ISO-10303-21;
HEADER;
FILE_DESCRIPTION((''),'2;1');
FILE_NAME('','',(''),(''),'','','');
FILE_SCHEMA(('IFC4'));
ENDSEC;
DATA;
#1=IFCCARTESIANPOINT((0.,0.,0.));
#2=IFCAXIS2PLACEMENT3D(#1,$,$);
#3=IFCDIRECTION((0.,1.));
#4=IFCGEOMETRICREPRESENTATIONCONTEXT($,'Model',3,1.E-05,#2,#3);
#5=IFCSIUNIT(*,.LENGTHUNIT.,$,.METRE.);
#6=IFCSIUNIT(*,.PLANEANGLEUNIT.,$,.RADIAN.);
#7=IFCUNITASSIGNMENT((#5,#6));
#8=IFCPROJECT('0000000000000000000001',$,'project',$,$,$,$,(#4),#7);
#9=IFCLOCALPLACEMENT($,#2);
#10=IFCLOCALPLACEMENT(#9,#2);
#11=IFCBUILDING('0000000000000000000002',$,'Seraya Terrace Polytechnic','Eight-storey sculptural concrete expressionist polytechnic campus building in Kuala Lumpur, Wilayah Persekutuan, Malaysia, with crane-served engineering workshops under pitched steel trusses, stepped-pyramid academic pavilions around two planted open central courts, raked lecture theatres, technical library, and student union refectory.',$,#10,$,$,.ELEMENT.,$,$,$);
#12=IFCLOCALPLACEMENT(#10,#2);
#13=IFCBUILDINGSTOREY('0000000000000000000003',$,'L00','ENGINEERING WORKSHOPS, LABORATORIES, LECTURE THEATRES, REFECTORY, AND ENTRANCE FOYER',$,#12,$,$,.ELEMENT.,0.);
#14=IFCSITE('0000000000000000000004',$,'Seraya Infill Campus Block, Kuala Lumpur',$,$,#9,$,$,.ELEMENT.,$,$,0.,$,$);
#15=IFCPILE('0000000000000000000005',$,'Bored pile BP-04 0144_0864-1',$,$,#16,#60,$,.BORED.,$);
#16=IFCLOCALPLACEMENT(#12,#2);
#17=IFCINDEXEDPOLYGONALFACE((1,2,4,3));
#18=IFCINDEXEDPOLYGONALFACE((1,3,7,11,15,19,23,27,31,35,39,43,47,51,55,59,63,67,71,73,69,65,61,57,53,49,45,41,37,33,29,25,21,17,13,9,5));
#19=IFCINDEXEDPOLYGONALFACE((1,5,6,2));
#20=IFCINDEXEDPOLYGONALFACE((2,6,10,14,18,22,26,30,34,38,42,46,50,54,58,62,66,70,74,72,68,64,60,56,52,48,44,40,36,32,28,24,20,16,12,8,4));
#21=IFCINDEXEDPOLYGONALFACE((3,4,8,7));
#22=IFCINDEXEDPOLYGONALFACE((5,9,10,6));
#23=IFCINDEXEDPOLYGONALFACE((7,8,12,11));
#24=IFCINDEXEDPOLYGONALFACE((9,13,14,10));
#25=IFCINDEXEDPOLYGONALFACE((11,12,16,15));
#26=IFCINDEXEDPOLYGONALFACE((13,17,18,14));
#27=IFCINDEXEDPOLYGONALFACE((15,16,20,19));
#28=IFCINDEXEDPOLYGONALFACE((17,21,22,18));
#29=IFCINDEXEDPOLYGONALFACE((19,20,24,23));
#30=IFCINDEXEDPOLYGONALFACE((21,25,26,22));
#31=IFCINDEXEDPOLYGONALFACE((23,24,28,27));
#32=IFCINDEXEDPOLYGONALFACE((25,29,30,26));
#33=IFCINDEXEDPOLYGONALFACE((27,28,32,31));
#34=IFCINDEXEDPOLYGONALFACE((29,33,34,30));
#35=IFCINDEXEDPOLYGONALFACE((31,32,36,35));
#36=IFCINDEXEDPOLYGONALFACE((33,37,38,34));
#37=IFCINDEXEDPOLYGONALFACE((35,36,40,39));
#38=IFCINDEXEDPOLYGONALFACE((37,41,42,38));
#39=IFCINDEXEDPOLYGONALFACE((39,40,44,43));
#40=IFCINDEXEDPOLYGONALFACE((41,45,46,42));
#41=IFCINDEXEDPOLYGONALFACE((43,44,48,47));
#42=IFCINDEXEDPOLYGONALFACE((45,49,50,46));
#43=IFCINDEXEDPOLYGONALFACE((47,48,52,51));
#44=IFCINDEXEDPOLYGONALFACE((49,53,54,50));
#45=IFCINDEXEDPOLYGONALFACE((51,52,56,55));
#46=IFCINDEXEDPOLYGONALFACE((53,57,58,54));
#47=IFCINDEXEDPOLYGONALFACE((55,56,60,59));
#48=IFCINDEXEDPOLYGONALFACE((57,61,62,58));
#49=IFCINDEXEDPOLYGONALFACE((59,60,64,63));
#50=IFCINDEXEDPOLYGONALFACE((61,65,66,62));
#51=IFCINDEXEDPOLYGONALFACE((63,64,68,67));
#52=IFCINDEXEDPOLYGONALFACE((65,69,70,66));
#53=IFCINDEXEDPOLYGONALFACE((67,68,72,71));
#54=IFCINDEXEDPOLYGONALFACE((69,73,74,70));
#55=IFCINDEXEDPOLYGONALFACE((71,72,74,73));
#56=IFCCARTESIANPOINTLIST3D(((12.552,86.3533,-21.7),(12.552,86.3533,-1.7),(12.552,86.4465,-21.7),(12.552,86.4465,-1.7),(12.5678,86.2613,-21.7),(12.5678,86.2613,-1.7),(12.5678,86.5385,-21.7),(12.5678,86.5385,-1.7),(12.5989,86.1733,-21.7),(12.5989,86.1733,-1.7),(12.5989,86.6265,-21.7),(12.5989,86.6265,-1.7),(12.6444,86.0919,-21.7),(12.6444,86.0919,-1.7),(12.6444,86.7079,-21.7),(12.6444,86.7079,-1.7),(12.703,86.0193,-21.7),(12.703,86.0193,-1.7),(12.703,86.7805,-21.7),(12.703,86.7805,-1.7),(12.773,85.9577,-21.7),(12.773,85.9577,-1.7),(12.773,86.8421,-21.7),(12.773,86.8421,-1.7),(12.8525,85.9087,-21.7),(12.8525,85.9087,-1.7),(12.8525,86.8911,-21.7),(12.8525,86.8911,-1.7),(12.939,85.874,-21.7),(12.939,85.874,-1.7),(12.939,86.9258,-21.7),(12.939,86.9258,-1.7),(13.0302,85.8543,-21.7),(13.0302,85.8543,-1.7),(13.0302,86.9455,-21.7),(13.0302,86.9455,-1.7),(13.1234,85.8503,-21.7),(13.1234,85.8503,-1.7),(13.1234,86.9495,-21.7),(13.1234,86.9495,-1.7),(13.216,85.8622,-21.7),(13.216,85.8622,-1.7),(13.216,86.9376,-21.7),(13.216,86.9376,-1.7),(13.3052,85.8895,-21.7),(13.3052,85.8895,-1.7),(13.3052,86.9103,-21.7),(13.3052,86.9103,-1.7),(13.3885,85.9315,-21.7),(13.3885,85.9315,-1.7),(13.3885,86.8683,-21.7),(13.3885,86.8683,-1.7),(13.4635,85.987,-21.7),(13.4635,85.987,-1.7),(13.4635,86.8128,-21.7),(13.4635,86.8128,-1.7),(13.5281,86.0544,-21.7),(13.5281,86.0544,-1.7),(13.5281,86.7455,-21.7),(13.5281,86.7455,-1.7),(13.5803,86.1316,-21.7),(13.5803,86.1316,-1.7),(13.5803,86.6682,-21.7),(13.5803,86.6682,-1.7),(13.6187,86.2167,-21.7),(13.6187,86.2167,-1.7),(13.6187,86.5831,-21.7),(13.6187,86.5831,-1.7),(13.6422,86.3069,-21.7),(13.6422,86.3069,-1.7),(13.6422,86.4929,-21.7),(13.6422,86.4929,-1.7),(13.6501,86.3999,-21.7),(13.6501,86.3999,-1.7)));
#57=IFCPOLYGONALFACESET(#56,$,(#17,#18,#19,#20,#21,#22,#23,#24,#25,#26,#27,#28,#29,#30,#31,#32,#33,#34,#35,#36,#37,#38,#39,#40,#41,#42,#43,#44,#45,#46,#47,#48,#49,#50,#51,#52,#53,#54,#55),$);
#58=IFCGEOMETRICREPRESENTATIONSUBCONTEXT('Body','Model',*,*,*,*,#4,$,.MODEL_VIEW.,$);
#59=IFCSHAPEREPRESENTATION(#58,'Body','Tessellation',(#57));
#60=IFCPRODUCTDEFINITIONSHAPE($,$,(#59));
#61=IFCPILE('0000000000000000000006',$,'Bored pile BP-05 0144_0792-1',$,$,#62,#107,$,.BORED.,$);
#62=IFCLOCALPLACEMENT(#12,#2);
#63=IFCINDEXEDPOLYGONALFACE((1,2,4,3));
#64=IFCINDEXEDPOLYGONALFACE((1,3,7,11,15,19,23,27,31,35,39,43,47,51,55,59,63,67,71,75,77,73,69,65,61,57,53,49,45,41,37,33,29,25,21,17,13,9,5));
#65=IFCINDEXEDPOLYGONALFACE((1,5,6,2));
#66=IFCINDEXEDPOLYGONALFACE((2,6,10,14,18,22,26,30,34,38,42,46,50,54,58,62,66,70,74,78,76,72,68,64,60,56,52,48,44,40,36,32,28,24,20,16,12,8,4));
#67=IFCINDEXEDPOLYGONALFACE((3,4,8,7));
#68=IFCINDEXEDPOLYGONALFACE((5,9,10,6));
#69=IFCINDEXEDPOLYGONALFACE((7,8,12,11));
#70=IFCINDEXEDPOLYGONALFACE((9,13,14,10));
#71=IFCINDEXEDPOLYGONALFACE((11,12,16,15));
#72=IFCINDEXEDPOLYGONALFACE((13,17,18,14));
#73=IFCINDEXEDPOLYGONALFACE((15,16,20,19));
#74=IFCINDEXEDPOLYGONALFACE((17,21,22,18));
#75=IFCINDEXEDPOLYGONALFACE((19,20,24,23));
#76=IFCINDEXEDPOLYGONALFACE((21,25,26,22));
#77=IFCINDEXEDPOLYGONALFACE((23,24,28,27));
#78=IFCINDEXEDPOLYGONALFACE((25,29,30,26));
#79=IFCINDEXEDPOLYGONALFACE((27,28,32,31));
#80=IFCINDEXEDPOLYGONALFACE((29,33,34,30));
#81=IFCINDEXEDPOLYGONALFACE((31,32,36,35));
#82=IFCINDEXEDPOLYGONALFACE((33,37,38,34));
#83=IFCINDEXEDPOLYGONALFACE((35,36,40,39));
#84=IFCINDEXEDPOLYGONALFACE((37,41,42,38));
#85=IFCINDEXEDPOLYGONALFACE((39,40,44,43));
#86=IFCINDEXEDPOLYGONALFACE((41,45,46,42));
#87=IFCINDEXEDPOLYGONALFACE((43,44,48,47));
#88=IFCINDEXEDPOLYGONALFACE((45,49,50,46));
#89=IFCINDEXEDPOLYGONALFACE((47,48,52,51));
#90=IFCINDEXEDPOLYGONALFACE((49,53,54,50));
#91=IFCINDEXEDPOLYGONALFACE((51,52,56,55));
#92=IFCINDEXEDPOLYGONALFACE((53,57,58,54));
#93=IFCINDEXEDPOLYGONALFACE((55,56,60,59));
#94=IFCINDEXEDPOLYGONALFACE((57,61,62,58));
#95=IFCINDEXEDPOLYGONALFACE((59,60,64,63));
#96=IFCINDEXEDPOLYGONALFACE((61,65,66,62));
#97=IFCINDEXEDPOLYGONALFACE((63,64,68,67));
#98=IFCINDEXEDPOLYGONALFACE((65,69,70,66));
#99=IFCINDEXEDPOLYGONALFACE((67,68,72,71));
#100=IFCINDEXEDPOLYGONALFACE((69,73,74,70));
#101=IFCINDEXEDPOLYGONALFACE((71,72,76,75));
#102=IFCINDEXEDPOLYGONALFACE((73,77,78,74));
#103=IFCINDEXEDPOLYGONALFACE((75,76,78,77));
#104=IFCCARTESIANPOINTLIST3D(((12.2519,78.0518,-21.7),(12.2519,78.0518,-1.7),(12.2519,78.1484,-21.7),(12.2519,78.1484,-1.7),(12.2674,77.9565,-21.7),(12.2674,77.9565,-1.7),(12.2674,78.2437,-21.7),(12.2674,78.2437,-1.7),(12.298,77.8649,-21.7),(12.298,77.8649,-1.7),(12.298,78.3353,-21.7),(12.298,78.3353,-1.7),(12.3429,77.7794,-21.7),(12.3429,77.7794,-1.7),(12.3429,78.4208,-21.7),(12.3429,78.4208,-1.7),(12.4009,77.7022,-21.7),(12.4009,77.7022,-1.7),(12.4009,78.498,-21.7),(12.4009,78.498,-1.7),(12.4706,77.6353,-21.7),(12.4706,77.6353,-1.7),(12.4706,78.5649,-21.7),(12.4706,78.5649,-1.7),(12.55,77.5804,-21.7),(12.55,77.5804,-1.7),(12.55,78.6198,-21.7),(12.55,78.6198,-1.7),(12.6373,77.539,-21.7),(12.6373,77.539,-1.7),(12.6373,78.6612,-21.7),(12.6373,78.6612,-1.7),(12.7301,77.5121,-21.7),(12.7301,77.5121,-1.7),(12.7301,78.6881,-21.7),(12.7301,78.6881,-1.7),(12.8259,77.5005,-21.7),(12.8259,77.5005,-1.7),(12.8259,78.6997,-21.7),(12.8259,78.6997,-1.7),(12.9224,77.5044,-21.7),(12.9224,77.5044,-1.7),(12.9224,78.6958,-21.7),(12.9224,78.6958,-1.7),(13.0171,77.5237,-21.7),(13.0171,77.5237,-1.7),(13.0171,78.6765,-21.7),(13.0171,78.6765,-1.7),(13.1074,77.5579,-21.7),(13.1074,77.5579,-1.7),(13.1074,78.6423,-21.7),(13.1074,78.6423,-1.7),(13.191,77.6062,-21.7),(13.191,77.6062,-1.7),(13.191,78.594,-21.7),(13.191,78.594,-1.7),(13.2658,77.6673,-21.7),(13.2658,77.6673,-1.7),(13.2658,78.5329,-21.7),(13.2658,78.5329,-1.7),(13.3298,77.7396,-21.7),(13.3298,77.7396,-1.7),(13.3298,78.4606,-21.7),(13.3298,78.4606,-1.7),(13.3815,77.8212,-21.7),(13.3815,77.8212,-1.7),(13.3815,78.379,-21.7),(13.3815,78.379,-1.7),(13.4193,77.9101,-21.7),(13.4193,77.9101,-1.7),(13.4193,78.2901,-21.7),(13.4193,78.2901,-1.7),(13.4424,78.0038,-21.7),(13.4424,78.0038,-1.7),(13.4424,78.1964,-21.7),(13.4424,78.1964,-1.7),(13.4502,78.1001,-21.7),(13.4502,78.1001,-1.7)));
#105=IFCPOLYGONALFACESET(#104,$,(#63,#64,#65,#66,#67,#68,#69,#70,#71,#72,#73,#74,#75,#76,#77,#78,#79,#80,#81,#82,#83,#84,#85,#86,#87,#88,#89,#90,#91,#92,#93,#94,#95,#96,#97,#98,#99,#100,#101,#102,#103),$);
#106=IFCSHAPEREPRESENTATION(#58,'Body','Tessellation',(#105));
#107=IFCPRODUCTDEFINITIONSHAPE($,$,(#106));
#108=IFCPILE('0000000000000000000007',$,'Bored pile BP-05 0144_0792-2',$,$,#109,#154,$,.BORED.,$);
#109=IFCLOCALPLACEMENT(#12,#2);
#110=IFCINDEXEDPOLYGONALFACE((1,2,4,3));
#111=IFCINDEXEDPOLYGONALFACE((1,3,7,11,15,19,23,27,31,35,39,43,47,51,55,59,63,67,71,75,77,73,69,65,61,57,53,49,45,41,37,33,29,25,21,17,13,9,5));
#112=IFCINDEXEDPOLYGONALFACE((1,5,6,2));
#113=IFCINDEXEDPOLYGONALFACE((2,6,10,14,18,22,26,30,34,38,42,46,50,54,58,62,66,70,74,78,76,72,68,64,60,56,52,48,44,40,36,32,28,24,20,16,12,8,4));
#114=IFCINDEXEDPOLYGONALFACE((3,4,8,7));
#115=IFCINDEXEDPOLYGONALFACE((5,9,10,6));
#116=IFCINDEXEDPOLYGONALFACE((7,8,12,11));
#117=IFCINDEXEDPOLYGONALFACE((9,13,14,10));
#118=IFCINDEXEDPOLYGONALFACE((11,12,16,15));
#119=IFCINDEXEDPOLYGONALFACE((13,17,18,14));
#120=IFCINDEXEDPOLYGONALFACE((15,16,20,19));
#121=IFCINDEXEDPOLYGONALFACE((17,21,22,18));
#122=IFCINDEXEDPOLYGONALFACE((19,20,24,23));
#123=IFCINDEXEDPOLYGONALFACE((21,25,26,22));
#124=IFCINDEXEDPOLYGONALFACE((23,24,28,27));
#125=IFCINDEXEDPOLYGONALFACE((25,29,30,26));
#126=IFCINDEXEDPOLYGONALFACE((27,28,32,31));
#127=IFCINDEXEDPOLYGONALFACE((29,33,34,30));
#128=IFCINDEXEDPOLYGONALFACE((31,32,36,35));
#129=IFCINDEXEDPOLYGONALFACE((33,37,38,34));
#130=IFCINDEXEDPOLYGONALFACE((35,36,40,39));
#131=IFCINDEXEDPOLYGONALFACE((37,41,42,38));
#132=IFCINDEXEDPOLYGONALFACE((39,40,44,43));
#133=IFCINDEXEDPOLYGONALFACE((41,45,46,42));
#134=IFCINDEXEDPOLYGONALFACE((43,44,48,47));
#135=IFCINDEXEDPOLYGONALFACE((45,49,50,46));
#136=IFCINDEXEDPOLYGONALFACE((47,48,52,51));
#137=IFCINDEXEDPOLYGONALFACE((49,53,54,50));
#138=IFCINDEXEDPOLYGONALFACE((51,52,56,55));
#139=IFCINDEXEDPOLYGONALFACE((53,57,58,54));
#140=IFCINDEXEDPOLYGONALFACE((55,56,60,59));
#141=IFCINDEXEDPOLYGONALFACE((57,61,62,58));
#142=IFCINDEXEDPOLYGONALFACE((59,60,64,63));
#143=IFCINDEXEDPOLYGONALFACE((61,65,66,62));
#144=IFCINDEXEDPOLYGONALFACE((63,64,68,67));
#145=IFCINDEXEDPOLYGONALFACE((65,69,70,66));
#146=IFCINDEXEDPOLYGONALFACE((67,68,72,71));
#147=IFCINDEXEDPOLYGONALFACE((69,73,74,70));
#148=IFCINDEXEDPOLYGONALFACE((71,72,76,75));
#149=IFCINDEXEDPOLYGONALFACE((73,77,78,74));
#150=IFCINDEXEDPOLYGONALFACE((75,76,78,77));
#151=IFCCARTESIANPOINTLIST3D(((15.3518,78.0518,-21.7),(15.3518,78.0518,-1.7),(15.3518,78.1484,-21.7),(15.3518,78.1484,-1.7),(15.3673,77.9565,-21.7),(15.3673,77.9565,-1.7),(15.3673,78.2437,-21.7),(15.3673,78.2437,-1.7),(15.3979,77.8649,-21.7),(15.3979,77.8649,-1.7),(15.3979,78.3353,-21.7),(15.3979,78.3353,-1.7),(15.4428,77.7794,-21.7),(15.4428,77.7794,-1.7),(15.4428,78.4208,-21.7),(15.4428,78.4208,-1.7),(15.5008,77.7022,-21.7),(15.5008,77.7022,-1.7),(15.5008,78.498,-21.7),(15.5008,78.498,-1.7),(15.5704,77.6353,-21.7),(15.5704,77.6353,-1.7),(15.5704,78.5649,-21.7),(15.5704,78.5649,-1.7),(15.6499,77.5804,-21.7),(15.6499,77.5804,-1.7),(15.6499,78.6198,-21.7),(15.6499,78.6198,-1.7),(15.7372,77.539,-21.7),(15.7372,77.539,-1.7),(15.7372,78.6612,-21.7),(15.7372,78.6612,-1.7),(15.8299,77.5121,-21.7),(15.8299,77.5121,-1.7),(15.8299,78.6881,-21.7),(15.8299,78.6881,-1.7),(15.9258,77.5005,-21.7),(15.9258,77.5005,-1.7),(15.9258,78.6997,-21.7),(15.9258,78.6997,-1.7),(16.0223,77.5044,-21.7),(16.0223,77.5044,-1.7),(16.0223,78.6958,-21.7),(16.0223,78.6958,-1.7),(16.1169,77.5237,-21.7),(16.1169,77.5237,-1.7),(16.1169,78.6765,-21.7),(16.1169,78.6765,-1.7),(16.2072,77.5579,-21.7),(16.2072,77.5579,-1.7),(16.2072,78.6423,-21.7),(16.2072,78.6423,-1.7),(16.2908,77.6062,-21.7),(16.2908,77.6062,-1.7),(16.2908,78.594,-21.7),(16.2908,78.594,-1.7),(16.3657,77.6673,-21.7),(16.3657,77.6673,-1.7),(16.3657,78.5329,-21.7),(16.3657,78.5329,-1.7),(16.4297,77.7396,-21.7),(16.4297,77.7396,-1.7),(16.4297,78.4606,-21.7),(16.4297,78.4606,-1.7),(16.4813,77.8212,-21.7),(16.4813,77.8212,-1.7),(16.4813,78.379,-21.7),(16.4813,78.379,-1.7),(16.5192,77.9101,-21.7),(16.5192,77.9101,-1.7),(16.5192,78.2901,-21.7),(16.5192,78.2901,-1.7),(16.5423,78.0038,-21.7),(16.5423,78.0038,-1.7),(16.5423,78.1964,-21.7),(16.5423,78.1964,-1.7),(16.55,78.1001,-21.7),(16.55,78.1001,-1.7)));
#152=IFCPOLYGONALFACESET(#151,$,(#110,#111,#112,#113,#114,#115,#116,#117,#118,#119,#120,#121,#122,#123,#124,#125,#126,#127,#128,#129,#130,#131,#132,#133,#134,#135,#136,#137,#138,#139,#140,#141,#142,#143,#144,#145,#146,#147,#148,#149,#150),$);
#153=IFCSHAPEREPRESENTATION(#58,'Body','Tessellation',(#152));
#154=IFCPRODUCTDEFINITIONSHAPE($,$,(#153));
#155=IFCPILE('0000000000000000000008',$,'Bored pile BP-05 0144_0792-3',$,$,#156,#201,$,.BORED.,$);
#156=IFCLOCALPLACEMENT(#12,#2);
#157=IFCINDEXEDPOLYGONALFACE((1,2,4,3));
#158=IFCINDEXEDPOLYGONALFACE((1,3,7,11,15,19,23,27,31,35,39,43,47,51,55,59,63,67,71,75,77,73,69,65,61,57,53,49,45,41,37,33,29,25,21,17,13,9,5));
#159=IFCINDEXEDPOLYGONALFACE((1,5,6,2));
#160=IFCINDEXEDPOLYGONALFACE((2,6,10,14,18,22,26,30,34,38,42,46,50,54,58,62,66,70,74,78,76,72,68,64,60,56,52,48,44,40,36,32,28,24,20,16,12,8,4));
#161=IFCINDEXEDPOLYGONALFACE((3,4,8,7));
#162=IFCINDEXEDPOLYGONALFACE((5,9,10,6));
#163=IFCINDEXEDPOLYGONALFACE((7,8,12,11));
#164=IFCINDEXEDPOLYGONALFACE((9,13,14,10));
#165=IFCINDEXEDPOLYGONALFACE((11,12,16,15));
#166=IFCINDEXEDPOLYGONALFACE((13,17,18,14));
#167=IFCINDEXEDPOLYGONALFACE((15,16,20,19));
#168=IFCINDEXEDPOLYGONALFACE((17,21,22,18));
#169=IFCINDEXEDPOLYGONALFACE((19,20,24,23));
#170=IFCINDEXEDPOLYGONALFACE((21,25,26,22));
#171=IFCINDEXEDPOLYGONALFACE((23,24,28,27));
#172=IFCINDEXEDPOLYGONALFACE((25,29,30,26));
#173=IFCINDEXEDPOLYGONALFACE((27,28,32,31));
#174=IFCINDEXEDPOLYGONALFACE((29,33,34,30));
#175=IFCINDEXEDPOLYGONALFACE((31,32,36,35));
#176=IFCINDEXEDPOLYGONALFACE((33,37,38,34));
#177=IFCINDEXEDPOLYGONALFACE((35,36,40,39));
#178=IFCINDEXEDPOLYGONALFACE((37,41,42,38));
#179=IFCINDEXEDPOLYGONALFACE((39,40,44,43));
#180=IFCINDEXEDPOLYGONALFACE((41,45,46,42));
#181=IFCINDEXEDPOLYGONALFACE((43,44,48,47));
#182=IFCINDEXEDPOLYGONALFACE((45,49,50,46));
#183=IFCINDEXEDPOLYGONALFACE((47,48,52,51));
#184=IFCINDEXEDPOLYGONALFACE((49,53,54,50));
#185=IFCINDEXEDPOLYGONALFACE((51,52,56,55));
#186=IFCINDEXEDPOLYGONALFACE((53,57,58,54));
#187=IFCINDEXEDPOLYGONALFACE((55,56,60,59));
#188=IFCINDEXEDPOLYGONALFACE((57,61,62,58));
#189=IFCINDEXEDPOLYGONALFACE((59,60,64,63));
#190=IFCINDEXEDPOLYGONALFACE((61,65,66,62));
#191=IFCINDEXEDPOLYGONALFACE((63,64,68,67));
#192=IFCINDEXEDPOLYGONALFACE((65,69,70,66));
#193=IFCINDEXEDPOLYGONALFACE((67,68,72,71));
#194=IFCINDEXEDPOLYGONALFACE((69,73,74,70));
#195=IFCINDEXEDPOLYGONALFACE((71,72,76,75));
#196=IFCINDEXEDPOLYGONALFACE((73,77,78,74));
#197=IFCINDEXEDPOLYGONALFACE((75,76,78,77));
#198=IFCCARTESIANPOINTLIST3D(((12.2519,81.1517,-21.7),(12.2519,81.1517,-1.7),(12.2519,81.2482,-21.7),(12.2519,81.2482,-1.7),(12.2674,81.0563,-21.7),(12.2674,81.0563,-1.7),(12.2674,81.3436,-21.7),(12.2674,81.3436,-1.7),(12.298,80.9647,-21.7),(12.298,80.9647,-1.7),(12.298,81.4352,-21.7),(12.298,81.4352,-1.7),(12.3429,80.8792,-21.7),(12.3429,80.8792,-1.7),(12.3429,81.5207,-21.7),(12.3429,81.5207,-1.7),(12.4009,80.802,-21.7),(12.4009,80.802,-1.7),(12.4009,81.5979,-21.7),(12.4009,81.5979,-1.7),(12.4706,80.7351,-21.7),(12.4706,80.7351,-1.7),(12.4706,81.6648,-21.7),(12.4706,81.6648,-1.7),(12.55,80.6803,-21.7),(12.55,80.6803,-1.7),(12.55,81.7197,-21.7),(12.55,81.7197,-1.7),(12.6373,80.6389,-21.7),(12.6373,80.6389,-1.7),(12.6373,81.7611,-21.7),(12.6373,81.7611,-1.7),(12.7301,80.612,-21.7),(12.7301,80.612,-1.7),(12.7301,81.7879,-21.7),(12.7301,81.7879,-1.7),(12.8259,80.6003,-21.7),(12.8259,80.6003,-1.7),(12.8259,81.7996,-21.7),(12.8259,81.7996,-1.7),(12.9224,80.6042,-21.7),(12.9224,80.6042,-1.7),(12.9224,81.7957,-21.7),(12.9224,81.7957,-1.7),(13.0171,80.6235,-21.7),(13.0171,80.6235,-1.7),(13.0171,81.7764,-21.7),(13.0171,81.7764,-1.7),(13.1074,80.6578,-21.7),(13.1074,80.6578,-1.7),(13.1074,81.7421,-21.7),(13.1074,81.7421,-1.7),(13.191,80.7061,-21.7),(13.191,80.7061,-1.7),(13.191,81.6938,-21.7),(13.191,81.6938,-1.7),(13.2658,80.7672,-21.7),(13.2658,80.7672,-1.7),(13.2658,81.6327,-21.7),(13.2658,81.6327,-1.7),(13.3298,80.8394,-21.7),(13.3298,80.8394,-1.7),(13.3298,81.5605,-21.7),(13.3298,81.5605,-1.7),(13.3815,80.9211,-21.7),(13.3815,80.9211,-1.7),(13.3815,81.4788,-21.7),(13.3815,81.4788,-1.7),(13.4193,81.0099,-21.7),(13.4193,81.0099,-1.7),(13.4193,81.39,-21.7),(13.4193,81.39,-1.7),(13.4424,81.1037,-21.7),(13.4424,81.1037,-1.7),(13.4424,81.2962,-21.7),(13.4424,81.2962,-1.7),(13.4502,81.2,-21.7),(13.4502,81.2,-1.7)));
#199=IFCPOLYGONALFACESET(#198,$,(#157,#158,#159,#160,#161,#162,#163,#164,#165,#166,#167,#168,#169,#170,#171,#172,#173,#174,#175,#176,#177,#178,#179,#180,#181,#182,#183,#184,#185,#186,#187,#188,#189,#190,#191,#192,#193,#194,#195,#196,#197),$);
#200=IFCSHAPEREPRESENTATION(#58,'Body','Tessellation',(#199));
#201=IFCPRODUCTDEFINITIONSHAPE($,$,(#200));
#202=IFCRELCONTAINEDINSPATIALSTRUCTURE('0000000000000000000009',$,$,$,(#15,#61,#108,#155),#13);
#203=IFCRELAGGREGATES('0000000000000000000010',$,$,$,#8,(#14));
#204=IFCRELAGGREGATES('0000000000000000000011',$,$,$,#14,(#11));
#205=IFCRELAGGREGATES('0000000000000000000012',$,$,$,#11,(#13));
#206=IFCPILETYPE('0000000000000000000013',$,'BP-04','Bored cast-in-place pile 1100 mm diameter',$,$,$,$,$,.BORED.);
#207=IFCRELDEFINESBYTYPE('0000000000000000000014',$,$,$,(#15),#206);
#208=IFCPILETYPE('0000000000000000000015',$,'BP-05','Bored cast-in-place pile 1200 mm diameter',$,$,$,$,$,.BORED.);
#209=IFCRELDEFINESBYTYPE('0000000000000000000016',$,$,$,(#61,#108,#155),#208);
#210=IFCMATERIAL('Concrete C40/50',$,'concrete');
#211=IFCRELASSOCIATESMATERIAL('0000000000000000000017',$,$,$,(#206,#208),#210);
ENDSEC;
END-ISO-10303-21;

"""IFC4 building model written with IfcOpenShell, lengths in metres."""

from ifc_helpers import new_model, si_unit, direction, frame, origin, origin_2d, place, context, subcontext, project, spatial, circle, extrude, material, material_profile, profile_set, type_object, element, save


model = new_model("IFC4")

# Units and contexts
model_context = context("Model", 3, precision=1e-05, world=origin(), true_north=direction((0.0, 1.0)))
body_context = subcontext(model_context, "Body", "Model", "MODEL_VIEW")
ifc_project = project(units=[si_unit("LENGTHUNIT", "METRE"), si_unit("PLANEANGLEUNIT", "RADIAN")], contexts=[model_context])

# Site, building, storey
site_placement = place(None, origin())
site = spatial("IfcSite", under=ifc_project, at=site_placement, Name="Seraya Infill Campus Block, Kuala Lumpur", CompositionType="ELEMENT", RefElevation=0.0)
building_placement = place(site_placement, origin())
building = spatial("IfcBuilding", under=site, at=building_placement, Name="Seraya Terrace Polytechnic", Description="Eight-storey sculptural concrete expressionist polytechnic campus building in Kuala Lumpur, Wilayah Persekutuan, Malaysia, with crane-served engineering workshops under pitched steel trusses, stepped-pyramid academic pavilions around two planted open central courts, raked lecture theatres, technical library, and student union refectory.", CompositionType="ELEMENT")
storey_placement = place(building_placement, origin())
storey = spatial("IfcBuildingStorey", under=building, at=storey_placement, Name="L00", Description="ENGINEERING WORKSHOPS, LABORATORIES, LECTURE THEATRES, REFECTORY, AND ENTRANCE FOYER", CompositionType="ELEMENT", Elevation=0.0)

# Piles
ifc_material_1 = material(Name="Concrete C40/50", Category="concrete")
ifc_material_profile_1 = material_profile(ifc_material_1, circle(Radius=0.55, at=origin_2d()), Name="DIA 1100")
ifc_profile_set_1 = profile_set([ifc_material_profile_1], Name="Concrete C40/50")
pile_type_1 = type_object("IfcPileType", Name="BP-04", Description="Bored cast-in-place pile 1100 mm diameter", PredefinedType="BORED", material=ifc_profile_set_1)
for number, where, z_axis, x_axis, name in (
    (1, (13.1001, 86.3999, -1.7), (0.0, 0.0, -1.0), (1.0, 0.0, 0.0), "Bored pile BP-04 0144_0864-1"),
):
    element("IfcPile", number, at=place(storey_placement, frame(where, z_axis=z_axis, x_axis=x_axis)), inside=storey, type_object=pile_type_1, Name=name, PredefinedType="BORED", context=body_context, shape_type="SweptSolid", body=[
        extrude(circle(Radius=0.55, at=origin_2d()), origin(), (0.0, 0.0, 1.0), 20.0),
    ])
ifc_material_profile_2 = material_profile(ifc_material_1, circle(Radius=0.6001, at=origin_2d()), Name="DIA 1200")
ifc_profile_set_2 = profile_set([ifc_material_profile_2], Name="Concrete C40/50")
pile_type_2 = type_object("IfcPileType", Name="BP-05", Description="Bored cast-in-place pile 1200 mm diameter", PredefinedType="BORED", material=ifc_profile_set_2)
for number, where, z_axis, x_axis, name in (
    (2, (12.8501, 78.1001, -1.7), (0.0, 0.0, -1.0), (1.0, 0.0, 0.0), "Bored pile BP-05 0144_0792-1"),
    (3, (15.95, 78.1001, -1.7), (0.0, 0.0, -1.0), (1.0, 0.0, 0.0), "Bored pile BP-05 0144_0792-2"),
    (4, (12.8501, 81.2, -1.7), (0.0, 0.0, -1.0), (1.0, 0.0, 0.0), "Bored pile BP-05 0144_0792-3"),
):
    element("IfcPile", number, at=place(storey_placement, frame(where, z_axis=z_axis, x_axis=x_axis)), inside=storey, type_object=pile_type_2, Name=name, PredefinedType="BORED", context=body_context, shape_type="SweptSolid", body=[
        extrude(circle(Radius=0.6001, at=origin_2d()), origin(), (0.0, 0.0, 1.0), 20.0),
    ])

save(model, "model.ifc")
